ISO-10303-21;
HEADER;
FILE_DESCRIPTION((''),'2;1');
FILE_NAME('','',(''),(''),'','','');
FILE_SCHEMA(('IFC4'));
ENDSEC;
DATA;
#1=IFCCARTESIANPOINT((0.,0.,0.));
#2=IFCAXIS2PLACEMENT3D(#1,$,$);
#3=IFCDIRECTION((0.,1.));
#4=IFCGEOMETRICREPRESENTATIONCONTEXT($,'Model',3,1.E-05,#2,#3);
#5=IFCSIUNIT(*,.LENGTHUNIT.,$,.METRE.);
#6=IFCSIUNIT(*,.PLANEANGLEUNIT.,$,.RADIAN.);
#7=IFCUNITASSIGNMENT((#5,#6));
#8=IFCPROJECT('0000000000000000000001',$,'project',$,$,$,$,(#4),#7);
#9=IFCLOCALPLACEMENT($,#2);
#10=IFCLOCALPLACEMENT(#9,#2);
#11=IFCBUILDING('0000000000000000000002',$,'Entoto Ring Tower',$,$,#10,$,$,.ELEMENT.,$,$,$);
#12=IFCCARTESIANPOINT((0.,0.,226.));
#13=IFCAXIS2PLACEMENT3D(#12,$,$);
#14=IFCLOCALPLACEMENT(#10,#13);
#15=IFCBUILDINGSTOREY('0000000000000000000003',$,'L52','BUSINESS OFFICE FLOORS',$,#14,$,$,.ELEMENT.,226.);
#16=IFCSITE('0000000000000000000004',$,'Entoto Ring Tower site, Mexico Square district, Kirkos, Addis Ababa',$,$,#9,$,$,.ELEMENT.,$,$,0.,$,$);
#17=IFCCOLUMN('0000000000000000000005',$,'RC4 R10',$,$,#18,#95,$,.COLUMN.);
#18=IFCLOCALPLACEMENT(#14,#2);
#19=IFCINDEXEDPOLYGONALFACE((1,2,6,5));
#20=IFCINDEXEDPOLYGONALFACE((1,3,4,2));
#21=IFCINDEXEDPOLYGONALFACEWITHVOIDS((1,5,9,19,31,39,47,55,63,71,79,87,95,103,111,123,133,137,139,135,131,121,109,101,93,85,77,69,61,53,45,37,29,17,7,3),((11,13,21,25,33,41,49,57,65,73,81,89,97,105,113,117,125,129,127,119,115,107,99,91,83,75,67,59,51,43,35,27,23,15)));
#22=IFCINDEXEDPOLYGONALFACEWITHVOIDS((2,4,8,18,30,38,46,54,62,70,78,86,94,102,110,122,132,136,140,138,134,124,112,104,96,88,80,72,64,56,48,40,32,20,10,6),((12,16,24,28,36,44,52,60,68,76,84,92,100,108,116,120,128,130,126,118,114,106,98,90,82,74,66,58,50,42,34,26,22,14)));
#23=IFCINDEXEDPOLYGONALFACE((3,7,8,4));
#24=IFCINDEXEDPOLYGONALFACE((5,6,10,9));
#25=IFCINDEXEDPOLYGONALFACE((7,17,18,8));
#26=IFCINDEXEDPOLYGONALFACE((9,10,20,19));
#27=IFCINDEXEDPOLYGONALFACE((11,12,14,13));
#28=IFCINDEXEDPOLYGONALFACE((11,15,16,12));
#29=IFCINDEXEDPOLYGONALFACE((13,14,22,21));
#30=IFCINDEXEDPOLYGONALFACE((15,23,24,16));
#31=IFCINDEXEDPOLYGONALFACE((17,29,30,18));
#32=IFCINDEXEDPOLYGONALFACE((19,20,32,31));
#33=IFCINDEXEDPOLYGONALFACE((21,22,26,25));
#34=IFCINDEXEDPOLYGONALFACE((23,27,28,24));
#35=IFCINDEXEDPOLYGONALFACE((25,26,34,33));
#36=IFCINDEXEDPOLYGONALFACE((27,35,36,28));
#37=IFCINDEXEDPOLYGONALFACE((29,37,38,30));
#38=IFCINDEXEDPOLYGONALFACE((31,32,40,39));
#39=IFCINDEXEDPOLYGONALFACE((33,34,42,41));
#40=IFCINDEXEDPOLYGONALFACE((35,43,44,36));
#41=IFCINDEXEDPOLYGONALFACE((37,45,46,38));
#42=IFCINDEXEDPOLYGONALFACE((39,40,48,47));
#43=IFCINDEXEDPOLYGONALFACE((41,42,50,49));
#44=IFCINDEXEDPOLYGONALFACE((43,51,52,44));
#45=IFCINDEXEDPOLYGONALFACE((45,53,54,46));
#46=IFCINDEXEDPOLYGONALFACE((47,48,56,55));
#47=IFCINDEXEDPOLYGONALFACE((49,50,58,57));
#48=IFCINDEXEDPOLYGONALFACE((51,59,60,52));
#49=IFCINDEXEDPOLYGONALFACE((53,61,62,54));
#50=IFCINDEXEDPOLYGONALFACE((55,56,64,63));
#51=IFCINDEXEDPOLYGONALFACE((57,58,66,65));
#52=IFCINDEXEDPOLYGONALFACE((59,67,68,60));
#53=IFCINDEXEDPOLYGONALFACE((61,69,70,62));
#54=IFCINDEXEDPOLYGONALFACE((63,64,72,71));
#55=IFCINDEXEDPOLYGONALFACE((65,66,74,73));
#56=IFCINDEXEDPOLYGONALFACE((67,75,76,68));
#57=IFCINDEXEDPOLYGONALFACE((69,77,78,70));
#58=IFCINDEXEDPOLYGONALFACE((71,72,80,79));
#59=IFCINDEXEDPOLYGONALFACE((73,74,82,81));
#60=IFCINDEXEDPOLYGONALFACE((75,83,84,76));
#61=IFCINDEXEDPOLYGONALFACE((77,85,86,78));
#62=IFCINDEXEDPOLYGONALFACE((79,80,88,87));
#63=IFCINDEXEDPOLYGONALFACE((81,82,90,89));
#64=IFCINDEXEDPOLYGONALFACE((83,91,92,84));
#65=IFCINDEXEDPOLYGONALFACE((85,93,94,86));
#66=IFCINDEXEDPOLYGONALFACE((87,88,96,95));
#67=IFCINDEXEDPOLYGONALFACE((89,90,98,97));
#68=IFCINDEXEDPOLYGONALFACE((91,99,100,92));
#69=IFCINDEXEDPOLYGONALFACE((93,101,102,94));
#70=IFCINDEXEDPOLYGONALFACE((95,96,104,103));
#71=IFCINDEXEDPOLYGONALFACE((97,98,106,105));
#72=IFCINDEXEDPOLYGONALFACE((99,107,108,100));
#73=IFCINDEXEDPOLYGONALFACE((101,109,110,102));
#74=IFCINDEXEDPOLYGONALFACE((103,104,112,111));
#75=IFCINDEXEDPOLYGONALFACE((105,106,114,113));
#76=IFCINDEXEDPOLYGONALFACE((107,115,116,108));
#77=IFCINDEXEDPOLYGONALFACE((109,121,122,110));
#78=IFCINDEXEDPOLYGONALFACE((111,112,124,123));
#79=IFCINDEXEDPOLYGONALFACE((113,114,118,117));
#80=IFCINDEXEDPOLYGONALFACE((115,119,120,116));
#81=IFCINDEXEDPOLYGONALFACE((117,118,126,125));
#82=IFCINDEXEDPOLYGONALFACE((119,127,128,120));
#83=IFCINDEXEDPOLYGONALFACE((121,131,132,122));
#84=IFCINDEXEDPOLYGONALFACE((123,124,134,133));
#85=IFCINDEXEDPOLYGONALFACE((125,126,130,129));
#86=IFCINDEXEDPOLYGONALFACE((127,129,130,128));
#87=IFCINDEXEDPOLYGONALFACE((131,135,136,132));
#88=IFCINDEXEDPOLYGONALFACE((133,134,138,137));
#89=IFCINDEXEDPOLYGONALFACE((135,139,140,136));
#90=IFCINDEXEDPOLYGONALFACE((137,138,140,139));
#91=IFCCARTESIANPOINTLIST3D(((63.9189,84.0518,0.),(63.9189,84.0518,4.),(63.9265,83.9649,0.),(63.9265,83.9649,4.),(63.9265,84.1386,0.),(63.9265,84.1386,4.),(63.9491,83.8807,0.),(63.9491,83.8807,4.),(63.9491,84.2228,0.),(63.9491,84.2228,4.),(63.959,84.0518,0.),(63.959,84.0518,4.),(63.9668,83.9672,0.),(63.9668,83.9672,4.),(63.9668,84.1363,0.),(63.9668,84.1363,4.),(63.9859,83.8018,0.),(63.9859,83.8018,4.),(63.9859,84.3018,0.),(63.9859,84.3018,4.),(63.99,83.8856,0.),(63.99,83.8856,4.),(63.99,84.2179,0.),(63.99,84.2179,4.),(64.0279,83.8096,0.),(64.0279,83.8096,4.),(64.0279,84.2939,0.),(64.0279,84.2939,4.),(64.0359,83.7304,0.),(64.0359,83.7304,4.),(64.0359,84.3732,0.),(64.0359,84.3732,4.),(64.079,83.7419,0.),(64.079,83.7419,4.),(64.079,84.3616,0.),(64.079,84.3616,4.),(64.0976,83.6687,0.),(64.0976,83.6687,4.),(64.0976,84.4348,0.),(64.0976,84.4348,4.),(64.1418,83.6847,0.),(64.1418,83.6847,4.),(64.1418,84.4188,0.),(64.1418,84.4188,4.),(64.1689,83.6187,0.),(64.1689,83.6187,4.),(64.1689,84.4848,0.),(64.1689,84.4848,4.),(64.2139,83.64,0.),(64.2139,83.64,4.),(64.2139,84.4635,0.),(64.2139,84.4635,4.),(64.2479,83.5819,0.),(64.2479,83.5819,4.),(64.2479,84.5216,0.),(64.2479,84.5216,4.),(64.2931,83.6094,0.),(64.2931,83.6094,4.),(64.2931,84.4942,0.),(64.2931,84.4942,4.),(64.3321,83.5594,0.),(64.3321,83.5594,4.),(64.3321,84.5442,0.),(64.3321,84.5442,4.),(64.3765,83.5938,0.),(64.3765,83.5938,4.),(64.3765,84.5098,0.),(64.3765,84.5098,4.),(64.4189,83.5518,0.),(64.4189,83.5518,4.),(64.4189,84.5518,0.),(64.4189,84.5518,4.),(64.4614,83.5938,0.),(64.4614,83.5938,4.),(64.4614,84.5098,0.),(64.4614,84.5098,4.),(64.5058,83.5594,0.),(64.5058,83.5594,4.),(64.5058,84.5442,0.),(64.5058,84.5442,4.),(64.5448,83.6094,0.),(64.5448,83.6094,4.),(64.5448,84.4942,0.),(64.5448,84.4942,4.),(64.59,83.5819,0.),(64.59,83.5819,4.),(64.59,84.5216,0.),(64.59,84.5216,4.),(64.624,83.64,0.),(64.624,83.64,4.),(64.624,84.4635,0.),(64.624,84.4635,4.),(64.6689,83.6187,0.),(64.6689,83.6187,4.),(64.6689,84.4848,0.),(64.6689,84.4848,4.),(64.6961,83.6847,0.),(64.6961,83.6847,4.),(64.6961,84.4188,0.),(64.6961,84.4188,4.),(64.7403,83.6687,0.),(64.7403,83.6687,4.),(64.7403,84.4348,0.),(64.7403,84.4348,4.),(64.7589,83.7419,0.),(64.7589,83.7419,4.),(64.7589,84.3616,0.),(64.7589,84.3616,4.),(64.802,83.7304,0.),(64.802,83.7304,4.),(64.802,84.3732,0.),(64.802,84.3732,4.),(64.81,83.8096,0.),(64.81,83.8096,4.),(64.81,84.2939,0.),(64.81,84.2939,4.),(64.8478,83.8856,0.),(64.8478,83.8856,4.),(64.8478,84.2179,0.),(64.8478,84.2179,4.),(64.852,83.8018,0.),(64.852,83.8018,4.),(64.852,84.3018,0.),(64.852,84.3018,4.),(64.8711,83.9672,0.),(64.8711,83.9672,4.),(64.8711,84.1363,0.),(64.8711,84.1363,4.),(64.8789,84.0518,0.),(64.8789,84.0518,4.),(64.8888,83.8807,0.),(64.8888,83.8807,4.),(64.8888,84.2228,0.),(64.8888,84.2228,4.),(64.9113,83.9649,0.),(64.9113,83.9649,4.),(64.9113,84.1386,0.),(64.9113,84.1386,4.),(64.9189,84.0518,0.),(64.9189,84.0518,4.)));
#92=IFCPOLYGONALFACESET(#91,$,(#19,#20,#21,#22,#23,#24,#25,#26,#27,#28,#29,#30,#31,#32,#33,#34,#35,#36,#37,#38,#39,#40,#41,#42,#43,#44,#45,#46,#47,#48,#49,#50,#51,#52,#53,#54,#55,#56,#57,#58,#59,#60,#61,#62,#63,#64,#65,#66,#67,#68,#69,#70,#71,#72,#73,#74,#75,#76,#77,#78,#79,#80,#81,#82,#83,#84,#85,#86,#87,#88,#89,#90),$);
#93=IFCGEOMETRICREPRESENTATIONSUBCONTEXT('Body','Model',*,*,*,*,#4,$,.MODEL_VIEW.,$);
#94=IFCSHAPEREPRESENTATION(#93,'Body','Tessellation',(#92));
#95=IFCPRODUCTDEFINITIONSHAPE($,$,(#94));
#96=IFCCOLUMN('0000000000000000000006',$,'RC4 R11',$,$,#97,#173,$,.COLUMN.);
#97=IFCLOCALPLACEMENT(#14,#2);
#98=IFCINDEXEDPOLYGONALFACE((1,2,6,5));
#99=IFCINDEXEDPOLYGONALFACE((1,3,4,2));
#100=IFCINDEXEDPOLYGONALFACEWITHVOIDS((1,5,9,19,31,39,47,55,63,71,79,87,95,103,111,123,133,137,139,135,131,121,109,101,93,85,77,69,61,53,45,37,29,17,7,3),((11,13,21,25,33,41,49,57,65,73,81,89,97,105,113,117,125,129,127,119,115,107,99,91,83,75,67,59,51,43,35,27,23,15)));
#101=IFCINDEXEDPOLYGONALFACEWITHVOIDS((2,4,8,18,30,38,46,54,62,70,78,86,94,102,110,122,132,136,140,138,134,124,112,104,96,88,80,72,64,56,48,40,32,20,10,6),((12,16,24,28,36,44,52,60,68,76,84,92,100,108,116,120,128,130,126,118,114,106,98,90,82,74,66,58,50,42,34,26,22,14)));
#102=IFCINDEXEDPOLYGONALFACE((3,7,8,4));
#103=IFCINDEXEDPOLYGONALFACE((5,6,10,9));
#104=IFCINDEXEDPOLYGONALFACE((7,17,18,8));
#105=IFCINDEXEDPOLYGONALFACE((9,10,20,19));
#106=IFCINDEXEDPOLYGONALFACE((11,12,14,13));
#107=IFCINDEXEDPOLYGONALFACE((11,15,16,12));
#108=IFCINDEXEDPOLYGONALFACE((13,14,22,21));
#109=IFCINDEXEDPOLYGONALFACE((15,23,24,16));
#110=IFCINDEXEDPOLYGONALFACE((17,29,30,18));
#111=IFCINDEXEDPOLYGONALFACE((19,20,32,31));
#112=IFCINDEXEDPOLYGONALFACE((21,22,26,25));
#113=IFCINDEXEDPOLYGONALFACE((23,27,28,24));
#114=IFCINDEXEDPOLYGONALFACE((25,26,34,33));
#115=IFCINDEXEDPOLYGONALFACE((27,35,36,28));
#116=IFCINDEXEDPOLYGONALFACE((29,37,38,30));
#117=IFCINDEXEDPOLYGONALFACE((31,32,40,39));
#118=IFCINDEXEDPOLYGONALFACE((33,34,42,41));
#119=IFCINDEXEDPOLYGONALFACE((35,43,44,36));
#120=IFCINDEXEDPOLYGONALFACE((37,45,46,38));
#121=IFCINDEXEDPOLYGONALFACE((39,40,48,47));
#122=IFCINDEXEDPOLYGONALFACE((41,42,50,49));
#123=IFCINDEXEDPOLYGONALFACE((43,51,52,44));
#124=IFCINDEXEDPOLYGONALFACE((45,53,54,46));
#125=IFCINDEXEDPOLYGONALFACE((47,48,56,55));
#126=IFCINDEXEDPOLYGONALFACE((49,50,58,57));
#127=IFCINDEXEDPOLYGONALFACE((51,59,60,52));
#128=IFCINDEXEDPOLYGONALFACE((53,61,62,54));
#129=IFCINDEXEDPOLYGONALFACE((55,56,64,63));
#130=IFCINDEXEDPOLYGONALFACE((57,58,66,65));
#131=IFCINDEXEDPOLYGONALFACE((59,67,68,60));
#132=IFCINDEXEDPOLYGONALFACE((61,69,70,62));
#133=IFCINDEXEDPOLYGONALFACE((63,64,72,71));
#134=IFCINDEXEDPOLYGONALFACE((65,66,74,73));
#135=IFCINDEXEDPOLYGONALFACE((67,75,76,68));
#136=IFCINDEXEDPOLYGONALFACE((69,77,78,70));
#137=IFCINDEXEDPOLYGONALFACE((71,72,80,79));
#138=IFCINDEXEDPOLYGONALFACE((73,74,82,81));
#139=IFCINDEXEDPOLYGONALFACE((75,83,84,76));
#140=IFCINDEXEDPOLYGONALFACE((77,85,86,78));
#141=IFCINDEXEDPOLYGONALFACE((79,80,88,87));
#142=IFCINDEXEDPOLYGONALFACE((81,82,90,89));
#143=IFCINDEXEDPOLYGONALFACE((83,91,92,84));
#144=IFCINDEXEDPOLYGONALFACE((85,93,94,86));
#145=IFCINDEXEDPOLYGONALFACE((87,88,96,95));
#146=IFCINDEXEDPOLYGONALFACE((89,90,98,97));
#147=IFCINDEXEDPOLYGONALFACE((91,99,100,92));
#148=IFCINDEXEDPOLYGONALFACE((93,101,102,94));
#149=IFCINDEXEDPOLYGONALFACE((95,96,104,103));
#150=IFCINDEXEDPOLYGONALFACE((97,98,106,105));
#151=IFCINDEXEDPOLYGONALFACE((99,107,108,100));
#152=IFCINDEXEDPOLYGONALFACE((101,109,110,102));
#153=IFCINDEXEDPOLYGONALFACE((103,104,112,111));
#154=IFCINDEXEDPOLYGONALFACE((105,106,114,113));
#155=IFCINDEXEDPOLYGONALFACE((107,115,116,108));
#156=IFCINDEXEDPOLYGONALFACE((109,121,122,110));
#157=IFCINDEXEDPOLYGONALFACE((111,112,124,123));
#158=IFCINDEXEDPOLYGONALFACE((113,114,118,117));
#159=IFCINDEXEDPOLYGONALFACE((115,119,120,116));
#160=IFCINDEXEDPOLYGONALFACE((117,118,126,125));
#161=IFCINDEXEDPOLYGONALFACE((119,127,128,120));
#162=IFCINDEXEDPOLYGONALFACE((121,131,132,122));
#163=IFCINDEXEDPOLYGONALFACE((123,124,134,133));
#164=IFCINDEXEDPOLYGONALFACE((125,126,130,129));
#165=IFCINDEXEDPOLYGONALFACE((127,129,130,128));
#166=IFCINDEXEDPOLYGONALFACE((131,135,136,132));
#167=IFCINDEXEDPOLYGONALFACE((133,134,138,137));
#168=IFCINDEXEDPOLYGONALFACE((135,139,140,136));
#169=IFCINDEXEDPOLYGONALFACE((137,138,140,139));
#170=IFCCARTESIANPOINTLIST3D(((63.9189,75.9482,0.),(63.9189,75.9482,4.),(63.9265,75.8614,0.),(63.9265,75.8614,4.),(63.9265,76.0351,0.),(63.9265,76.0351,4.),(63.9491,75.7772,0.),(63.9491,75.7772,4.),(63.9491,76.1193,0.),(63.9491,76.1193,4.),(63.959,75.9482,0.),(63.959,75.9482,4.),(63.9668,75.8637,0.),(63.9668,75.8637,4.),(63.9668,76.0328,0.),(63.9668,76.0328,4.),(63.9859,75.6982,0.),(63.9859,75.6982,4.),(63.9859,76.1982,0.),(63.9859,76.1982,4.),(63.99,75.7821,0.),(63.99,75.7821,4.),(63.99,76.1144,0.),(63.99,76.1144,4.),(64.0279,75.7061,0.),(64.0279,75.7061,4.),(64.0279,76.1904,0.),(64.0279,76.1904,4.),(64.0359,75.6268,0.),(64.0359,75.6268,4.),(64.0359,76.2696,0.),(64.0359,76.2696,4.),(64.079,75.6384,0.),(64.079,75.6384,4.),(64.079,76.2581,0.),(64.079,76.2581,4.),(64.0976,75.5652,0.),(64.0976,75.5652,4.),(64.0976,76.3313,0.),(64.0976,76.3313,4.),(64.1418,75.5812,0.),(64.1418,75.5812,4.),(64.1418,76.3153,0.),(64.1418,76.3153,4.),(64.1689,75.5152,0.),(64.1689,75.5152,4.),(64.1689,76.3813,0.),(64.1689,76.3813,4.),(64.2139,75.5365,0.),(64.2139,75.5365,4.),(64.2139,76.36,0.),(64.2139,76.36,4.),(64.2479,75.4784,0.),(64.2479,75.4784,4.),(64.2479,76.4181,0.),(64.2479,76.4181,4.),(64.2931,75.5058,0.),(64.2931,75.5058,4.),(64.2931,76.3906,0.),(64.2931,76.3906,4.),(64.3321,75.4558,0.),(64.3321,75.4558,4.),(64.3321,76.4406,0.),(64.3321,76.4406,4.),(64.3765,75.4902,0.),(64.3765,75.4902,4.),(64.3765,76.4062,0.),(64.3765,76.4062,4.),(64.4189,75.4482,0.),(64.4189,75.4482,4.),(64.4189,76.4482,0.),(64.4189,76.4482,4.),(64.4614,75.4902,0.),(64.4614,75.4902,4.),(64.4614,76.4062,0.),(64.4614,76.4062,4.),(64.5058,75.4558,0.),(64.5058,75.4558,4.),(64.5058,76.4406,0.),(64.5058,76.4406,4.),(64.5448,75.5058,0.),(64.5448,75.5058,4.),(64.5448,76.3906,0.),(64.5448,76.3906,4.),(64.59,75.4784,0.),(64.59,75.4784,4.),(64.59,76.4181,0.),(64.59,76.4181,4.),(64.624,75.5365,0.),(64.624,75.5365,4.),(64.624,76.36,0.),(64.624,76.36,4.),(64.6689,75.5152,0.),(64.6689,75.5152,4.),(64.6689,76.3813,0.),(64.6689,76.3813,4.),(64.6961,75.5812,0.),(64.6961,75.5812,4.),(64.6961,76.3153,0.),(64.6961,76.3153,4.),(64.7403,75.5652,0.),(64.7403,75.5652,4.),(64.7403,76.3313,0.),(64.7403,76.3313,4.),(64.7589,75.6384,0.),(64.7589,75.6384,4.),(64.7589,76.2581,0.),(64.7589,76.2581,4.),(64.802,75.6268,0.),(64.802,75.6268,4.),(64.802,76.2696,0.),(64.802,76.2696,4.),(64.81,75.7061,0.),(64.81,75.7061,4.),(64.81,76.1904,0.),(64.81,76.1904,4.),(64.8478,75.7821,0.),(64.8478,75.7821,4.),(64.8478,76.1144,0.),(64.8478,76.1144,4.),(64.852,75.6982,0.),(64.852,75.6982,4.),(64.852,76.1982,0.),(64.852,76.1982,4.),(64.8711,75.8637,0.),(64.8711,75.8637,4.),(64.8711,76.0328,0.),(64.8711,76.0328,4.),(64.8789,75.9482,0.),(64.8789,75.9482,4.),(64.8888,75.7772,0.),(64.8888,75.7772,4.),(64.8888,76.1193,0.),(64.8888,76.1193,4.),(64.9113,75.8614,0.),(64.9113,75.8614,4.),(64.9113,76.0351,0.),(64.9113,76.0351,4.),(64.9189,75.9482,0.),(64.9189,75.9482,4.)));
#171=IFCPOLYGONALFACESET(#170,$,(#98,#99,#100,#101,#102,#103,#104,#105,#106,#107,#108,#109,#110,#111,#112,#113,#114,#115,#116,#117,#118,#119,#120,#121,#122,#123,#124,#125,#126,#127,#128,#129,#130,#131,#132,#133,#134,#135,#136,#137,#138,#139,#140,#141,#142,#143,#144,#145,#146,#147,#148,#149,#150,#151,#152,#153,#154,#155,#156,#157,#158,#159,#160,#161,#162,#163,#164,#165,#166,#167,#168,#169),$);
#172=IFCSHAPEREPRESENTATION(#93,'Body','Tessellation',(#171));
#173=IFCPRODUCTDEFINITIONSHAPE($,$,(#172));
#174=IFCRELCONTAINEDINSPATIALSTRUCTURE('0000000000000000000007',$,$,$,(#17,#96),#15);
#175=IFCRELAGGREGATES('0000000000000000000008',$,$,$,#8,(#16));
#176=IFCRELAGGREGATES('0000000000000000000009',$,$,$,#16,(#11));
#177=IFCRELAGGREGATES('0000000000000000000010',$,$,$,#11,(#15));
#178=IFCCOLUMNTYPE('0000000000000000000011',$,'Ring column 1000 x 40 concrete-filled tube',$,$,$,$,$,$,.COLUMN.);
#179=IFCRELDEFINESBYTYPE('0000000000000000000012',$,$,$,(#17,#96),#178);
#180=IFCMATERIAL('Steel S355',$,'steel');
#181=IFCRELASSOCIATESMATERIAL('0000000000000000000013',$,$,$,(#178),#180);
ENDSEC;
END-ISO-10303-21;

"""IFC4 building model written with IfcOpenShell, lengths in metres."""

from ifc_helpers import new_model, si_unit, direction, frame, origin, origin_2d, place, context, subcontext, project, spatial, circle, hollow_circle, extrude, material, material_profile, profile_set, type_object, element, save


model = new_model("IFC4")

# Units and contexts
model_context = context("Model", 3, precision=1e-05, world=origin(), true_north=direction((0.0, 1.0)))
body_context = subcontext(model_context, "Body", "Model", "MODEL_VIEW")
ifc_project = project(units=[si_unit("LENGTHUNIT", "METRE"), si_unit("PLANEANGLEUNIT", "RADIAN")], contexts=[model_context])

# Site, building, storey
site_placement = place(None, origin())
site = spatial("IfcSite", under=ifc_project, at=site_placement, Name="Entoto Ring Tower site, Mexico Square district, Kirkos, Addis Ababa", CompositionType="ELEMENT", RefElevation=0.0)
building_placement = place(site_placement, origin())
building = spatial("IfcBuilding", under=site, at=building_placement, Name="Entoto Ring Tower", CompositionType="ELEMENT")
storey_placement = place(building_placement, frame((0.0, 0.0, 226.0)))
storey = spatial("IfcBuildingStorey", under=building, at=storey_placement, Name="L52", Description="BUSINESS OFFICE FLOORS", CompositionType="ELEMENT", Elevation=226.0)

# Columns
ifc_material_1 = material(Name="Steel S355", Category="steel")
ifc_material_profile_1 = material_profile(ifc_material_1, hollow_circle(Radius=0.5, WallThickness=0.04, at=origin_2d()), Name="CHS 1000 x 40")
ifc_material_2 = material(Name="Concrete C60/75", Category="concrete")
ifc_material_profile_2 = material_profile(ifc_material_2, circle(Radius=0.46, at=origin_2d()), Name="Concrete C60/75 infill")
ifc_profile_set_1 = profile_set([ifc_material_profile_1, ifc_material_profile_2], Name="Steel S355")
column_type = type_object("IfcColumnType", Name="Ring column 1000 x 40 concrete-filled tube", PredefinedType="COLUMN", material=ifc_profile_set_1)
for number, where, z_axis, x_axis, name in (
    (1, (64.4189, 84.0518, 0.0), (0.0, 0.0, 1.0), (1.0, 0.0, 0.0), "RC4 R10"),
    (2, (64.4189, 75.9482, 0.0), (0.0, 0.0, 1.0), (1.0, 0.0, 0.0), "RC4 R11"),
):
    element("IfcColumn", number, at=place(storey_placement, frame(where, z_axis=z_axis, x_axis=x_axis)), inside=storey, type_object=column_type, Name=name, PredefinedType="COLUMN", context=body_context, shape_type="SweptSolid", body=[
        extrude(hollow_circle(Radius=0.5, WallThickness=0.04, at=origin_2d()), origin(), (0.0, 0.0, 1.0), 4.0),
    ])

save(model, "model.ifc")
